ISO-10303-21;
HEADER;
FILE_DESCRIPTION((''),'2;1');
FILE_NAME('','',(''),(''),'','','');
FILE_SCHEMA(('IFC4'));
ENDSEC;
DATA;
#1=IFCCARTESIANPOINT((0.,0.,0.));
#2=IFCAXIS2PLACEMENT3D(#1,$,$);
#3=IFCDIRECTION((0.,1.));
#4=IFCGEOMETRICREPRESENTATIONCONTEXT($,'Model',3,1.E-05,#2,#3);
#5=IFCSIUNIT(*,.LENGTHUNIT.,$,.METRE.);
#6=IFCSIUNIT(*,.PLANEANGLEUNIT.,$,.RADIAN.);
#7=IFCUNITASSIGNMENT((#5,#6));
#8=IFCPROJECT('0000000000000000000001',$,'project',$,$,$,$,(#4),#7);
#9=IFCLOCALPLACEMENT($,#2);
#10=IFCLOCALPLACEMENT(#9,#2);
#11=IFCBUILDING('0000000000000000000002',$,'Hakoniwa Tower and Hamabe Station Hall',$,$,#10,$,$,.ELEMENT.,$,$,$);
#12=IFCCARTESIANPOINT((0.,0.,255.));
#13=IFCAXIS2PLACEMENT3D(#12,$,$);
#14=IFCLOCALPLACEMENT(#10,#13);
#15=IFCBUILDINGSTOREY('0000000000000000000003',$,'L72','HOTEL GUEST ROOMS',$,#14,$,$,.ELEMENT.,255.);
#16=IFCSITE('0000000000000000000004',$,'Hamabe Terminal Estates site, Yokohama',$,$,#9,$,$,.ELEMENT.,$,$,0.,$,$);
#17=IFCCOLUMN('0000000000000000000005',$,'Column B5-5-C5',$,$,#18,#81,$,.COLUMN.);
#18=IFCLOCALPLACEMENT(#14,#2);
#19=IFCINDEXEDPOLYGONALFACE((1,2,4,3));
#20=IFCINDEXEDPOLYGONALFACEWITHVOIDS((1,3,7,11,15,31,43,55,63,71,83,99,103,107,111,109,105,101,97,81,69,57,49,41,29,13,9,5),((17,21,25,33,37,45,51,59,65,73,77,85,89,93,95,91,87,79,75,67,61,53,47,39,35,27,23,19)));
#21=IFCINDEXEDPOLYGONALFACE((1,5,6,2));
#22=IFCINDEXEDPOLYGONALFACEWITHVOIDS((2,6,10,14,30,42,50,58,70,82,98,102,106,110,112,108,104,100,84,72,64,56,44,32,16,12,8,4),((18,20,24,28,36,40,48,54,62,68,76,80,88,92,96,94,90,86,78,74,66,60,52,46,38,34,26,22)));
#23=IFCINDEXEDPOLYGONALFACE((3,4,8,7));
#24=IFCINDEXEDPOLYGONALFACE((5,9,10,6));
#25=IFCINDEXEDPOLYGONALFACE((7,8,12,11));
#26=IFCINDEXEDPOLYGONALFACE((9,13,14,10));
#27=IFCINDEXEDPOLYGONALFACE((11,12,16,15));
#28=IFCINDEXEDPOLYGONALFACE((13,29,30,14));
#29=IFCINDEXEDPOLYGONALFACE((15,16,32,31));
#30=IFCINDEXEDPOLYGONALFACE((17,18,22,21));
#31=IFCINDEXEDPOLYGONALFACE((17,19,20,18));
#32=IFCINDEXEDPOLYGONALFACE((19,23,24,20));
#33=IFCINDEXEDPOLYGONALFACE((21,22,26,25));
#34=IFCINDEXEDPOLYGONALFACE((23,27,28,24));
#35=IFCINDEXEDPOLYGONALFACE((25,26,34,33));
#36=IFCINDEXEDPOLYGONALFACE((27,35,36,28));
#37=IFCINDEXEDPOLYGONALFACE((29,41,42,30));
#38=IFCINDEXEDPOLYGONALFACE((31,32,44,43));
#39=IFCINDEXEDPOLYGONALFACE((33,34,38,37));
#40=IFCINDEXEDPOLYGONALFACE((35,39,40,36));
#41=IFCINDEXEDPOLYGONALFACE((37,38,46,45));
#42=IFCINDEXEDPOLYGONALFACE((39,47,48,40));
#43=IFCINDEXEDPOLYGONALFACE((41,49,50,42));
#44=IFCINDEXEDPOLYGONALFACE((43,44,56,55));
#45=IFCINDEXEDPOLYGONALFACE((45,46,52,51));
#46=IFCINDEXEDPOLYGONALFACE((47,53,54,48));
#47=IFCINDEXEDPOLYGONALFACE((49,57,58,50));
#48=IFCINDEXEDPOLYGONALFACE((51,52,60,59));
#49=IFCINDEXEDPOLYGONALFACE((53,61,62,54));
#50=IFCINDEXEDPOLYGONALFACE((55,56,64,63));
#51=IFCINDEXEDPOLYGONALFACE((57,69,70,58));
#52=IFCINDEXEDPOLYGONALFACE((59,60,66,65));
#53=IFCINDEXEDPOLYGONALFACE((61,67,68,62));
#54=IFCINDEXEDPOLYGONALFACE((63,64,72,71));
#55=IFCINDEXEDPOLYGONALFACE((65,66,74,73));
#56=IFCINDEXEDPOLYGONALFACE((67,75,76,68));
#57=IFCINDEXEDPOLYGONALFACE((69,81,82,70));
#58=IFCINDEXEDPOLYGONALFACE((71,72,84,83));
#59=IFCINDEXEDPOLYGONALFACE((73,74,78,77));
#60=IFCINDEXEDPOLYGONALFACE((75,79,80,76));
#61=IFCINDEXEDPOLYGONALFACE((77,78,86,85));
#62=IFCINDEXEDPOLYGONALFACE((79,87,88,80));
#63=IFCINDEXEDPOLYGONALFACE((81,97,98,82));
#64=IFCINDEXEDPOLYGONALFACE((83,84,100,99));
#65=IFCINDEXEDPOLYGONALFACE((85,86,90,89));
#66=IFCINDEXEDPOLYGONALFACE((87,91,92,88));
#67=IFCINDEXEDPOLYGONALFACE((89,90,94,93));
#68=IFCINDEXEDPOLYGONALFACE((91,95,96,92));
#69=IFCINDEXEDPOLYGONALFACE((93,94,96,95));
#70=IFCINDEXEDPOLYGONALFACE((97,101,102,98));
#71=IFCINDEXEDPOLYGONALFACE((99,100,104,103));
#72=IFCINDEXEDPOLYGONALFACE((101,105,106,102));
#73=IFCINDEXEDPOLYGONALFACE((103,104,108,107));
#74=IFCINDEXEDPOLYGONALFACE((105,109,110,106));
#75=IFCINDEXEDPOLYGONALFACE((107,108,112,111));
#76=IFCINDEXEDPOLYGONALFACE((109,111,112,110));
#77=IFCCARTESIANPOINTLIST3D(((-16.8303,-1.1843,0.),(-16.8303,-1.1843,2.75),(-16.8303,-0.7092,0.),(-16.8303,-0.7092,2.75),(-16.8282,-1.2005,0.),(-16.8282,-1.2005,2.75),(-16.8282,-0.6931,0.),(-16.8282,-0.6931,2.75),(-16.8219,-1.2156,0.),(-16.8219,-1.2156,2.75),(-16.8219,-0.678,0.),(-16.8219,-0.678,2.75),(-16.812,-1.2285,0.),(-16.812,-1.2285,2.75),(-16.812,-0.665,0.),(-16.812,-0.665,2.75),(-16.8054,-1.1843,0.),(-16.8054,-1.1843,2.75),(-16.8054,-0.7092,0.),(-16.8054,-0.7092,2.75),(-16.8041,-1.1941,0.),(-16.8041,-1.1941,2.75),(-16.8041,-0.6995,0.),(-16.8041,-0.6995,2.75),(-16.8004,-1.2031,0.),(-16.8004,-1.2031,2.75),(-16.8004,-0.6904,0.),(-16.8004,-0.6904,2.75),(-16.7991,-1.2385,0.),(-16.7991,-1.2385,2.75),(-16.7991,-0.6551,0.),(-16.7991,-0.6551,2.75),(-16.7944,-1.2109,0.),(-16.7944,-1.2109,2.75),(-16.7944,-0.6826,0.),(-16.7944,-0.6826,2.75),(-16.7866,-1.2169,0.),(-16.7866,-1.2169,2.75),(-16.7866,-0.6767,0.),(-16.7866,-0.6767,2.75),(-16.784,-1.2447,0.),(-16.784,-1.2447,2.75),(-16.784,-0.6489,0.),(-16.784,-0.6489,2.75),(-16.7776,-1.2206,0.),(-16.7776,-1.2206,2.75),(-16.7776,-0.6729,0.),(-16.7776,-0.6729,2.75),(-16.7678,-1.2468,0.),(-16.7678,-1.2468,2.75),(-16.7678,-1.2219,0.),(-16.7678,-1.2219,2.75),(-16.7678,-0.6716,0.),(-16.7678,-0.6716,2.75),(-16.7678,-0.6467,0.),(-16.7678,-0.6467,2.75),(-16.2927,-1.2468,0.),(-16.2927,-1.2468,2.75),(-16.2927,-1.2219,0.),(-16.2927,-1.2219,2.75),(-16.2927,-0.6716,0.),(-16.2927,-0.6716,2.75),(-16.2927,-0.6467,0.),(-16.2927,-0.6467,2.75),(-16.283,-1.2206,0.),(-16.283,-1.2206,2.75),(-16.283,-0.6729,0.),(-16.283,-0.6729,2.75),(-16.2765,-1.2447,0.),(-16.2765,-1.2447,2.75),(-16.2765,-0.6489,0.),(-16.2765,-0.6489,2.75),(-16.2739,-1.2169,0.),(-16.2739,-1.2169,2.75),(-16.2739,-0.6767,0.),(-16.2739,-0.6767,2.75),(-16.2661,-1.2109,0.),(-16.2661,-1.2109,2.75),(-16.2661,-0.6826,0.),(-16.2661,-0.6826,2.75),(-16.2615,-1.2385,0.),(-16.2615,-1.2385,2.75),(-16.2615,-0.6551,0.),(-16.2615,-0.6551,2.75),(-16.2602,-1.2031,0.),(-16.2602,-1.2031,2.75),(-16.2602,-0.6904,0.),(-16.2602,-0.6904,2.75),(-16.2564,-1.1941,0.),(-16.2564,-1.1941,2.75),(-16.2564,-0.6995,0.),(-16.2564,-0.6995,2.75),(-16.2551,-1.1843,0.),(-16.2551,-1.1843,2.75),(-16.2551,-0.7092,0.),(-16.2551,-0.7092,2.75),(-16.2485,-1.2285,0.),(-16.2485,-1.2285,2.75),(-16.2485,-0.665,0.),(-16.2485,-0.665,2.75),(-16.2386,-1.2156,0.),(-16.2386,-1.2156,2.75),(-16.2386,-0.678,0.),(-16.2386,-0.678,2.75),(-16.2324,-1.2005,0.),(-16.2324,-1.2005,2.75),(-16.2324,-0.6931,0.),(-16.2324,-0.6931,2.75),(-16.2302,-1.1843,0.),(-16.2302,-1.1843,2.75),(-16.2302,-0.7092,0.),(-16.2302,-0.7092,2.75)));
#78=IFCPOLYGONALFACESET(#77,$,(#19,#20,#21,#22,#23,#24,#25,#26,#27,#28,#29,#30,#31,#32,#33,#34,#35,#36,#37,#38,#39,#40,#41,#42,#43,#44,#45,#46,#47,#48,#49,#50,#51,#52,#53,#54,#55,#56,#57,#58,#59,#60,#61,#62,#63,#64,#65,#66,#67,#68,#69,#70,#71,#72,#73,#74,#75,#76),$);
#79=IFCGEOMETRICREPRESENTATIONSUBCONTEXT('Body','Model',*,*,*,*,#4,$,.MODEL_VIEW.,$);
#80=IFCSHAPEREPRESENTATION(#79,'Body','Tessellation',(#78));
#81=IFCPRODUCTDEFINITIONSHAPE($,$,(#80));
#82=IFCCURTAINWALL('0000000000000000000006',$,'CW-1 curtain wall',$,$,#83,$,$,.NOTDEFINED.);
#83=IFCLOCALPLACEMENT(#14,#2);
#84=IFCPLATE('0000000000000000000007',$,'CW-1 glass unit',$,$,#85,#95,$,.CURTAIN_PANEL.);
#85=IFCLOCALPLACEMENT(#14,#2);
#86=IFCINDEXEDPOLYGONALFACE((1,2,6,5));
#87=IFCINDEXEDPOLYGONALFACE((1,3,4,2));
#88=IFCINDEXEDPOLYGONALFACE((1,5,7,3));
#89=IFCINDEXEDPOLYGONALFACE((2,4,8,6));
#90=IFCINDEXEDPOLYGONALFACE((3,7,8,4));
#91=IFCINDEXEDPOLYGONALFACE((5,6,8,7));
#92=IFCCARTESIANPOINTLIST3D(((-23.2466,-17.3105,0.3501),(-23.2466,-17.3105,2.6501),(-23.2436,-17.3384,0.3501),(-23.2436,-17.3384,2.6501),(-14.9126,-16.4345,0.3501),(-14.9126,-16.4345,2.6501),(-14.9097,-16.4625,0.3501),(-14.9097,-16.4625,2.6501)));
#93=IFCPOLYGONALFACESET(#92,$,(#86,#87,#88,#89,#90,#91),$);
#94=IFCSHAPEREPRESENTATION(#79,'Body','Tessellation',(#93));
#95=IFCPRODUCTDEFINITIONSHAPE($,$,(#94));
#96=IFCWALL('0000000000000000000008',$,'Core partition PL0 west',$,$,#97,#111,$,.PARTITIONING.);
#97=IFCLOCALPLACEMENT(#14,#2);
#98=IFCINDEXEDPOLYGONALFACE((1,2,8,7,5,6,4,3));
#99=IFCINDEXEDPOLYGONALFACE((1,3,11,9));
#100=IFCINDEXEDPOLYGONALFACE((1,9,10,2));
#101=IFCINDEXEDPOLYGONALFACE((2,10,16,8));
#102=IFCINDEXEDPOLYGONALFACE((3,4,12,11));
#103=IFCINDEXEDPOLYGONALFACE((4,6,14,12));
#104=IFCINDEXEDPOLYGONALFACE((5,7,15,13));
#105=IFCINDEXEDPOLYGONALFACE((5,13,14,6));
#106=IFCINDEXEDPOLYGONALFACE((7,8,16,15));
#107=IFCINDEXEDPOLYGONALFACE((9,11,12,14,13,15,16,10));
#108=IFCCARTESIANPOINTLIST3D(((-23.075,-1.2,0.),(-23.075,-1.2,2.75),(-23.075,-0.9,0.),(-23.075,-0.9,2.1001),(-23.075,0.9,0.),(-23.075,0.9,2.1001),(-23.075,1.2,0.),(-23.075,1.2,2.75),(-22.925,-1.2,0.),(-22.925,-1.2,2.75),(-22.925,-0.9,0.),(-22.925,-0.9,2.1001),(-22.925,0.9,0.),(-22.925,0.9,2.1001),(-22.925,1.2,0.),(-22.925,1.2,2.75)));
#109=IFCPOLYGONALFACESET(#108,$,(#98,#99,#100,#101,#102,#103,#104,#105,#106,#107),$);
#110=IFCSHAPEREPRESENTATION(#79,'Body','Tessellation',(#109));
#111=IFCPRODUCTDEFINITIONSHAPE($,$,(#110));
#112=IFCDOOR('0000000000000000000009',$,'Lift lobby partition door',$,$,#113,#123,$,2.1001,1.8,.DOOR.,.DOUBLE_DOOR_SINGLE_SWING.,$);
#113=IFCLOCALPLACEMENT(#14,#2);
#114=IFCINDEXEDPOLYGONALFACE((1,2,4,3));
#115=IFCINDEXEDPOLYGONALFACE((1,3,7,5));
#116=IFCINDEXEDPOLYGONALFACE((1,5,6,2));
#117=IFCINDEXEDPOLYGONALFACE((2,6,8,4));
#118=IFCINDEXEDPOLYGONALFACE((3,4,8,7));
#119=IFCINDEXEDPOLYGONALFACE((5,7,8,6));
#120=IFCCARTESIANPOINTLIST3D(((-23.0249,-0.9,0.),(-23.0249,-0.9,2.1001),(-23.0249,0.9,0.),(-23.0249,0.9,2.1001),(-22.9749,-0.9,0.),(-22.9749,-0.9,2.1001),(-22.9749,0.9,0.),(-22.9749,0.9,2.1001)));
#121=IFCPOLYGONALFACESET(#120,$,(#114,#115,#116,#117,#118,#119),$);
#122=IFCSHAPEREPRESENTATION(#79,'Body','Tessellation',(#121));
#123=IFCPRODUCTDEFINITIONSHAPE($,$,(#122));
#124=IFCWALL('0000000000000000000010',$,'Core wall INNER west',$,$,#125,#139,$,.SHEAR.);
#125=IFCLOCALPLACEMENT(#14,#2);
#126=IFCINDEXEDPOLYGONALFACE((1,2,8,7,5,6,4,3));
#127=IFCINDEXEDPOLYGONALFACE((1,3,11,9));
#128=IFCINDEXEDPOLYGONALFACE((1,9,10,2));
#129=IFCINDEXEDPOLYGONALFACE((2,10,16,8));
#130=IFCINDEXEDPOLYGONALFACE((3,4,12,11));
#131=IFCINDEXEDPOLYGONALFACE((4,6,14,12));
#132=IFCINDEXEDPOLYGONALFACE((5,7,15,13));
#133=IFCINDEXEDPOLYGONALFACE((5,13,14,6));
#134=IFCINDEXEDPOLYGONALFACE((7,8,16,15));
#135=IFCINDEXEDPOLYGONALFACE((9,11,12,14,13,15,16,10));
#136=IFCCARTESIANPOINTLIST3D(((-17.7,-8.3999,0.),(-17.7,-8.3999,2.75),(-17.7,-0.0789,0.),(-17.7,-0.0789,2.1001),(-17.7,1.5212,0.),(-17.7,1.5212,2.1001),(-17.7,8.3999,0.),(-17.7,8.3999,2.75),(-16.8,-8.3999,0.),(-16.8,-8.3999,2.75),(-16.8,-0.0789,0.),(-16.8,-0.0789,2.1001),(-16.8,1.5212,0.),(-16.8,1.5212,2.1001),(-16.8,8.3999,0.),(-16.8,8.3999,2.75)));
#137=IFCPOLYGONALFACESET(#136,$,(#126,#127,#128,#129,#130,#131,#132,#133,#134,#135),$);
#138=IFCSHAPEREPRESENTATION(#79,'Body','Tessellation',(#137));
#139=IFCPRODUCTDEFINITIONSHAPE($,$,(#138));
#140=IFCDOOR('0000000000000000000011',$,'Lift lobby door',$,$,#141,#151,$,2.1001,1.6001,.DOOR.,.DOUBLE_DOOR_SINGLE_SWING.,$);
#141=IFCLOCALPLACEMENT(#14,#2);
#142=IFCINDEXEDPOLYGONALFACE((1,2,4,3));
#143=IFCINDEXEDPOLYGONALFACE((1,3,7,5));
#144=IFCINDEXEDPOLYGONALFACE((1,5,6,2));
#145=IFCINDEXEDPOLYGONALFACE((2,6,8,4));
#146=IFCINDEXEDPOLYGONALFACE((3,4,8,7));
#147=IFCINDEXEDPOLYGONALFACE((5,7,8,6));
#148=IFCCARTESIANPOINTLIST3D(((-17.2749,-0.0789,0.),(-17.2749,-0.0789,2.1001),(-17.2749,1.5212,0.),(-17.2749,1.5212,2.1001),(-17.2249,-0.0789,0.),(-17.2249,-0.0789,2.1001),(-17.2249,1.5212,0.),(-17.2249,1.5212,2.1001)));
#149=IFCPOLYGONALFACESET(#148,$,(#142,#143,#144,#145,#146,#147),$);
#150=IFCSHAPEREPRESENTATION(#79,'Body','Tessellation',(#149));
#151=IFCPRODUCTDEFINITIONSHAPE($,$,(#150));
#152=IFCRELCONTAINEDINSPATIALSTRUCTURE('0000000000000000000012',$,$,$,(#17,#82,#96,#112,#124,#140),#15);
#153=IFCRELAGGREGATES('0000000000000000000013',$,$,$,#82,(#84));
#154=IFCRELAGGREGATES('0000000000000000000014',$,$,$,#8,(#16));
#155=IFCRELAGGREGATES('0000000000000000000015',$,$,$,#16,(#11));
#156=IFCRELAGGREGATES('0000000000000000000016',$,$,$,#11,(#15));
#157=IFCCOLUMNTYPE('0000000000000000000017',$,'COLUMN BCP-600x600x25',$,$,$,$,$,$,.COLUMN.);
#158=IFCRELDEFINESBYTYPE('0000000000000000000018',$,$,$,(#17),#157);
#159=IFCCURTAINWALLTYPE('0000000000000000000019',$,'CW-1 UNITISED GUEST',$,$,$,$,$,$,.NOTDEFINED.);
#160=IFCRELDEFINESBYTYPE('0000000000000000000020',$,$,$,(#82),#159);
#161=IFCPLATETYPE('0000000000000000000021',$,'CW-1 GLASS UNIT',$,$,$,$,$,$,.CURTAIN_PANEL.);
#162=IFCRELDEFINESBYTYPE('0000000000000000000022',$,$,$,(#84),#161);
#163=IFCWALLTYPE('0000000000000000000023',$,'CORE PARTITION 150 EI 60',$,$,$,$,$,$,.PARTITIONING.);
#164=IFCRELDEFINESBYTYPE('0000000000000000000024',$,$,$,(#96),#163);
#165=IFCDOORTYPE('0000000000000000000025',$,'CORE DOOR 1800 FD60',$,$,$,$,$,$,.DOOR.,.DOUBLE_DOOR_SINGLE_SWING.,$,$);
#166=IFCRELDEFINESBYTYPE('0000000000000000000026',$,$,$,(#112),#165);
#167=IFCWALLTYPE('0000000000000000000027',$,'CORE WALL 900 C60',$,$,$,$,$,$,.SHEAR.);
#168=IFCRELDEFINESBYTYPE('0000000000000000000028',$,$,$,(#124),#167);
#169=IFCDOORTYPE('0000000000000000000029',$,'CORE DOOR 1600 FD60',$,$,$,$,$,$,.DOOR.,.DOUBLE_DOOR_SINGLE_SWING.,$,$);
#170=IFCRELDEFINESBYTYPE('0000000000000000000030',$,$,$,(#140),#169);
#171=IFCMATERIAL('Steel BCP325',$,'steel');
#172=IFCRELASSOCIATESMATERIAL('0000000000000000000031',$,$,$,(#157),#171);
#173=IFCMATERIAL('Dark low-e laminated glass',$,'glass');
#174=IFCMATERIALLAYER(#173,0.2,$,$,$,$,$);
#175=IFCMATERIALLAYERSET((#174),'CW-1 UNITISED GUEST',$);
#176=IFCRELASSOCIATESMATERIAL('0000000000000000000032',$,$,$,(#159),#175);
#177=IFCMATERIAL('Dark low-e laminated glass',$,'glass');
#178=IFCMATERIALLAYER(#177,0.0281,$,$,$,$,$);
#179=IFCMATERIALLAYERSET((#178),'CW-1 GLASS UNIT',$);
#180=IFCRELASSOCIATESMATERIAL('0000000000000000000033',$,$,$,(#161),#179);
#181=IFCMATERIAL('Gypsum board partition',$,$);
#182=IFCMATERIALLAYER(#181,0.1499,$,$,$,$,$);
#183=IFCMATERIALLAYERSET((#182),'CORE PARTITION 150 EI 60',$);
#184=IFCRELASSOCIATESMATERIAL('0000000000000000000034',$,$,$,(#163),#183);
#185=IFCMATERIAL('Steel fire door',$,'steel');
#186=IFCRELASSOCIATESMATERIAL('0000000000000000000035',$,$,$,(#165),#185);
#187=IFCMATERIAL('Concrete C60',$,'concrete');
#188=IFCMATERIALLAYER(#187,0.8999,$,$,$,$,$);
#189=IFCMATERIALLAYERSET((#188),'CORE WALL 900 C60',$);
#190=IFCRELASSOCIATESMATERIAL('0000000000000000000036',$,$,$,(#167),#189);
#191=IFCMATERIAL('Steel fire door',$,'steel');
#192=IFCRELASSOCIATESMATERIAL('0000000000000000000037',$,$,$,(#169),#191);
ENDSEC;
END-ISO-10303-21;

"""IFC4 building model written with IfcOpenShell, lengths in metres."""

from ifc_helpers import new_model, si_unit, direction, frame, frame_2d, origin, origin_2d, place, context, subcontext, project, spatial, rectangle, hollow_rectangle, extrude, material, layer, layer_set, material_profile, profile_set, type_object, element, fill, aggregate, save


model = new_model("IFC4")

# Units and contexts
model_context = context("Model", 3, precision=1e-05, world=origin(), true_north=direction((0.0, 1.0)))
body_context = subcontext(model_context, "Body", "Model", "MODEL_VIEW")
ifc_project = project(units=[si_unit("LENGTHUNIT", "METRE"), si_unit("PLANEANGLEUNIT", "RADIAN")], contexts=[model_context])

# Site, building, storey
site_placement = place(None, origin())
site = spatial("IfcSite", under=ifc_project, at=site_placement, Name="Hamabe Terminal Estates site, Yokohama", CompositionType="ELEMENT", RefElevation=0.0)
building_placement = place(site_placement, origin())
building = spatial("IfcBuilding", under=site, at=building_placement, Name="Hakoniwa Tower and Hamabe Station Hall", CompositionType="ELEMENT")
storey_placement = place(building_placement, frame((0.0, 0.0, 255.0)))
storey = spatial("IfcBuildingStorey", under=building, at=storey_placement, Name="L72", Description="HOTEL GUEST ROOMS", CompositionType="ELEMENT", Elevation=255.0)

# Column
ifc_material_1 = material(Name="Steel BCP325", Category="steel")
ifc_material_profile_1 = material_profile(ifc_material_1, hollow_rectangle(XDim=0.6001, YDim=0.6001, WallThickness=0.0249, InnerFilletRadius=0.0376, OuterFilletRadius=0.0625, at=origin_2d()), Name="BCP-600x600x25")
ifc_profile_set_1 = profile_set([ifc_material_profile_1], Name="Steel BCP325")
column_type_1 = type_object("IfcColumnType", Name="COLUMN BCP-600x600x25", PredefinedType="COLUMN", material=ifc_profile_set_1)
column_placement = place(storey_placement, frame((-16.5303, -0.9468, 0.0), z_axis=(0.0, 0.0, 1.0), x_axis=(1.0, 0.0, 0.0)))
element("IfcColumn", 1, at=column_placement, inside=storey, type_object=column_type_1, Name="Column B5-5-C5", PredefinedType="COLUMN", context=body_context, shape_type="SweptSolid", body=[
    extrude(hollow_rectangle(XDim=0.6001, YDim=0.6001, WallThickness=0.0249, InnerFilletRadius=0.0376, OuterFilletRadius=0.0625, at=origin_2d()), origin(), (0.0, 0.0, 1.0), 2.75),
])

# Curtain wall, plate
ifc_material_2 = material(Name="Dark low-e laminated glass", Category="glass")
ifc_layer_1 = layer(ifc_material_2, 0.2)
ifc_layer_set_1 = layer_set([ifc_layer_1], Name="CW-1 UNITISED GUEST")
curtain_wall_type = type_object("IfcCurtainWallType", Name="CW-1 UNITISED GUEST", PredefinedType="NOTDEFINED", material=ifc_layer_set_1)
curtain_wall_placement = place(storey_placement, origin())
curtain_wall = element("IfcCurtainWall", 2, at=curtain_wall_placement, inside=storey, type_object=curtain_wall_type, Name="CW-1 curtain wall", PredefinedType="NOTDEFINED")
ifc_material_3 = material(Name="Dark low-e laminated glass", Category="glass")
ifc_layer_2 = layer(ifc_material_3, 0.0281)
ifc_layer_set_2 = layer_set([ifc_layer_2], Name="CW-1 GLASS UNIT")
plate_type = type_object("IfcPlateType", Name="CW-1 GLASS UNIT", PredefinedType="CURTAIN_PANEL", material=ifc_layer_set_2)
plate_placement = place(storey_placement, frame((-19.0781, -16.8865, 0.3501), z_axis=(0.0, 0.0, 1.0), x_axis=(0.994522, 0.104528, 0.0)))
plate = element("IfcPlate", 3, at=plate_placement, type_object=plate_type, Name="CW-1 glass unit", PredefinedType="CURTAIN_PANEL", context=body_context, shape_type="SweptSolid", body=[
    extrude(rectangle(XDim=8.3799, YDim=0.0281, at=origin_2d()), origin(), (0.0, 0.0, 1.0), 2.3),
])
aggregate(curtain_wall, [plate])

# Walls, openings, doors
ifc_material_4 = material(Name="Gypsum board partition")
ifc_layer_3 = layer(ifc_material_4, 0.1499)
ifc_layer_set_3 = layer_set([ifc_layer_3], Name="CORE PARTITION 150 EI 60")
wall_type_1 = type_object("IfcWallType", Name="CORE PARTITION 150 EI 60", PredefinedType="PARTITIONING", material=ifc_layer_set_3)
wall_1_placement = place(storey_placement, frame((-23.0, -1.2, 0.0), z_axis=(0.0, 0.0, 1.0), x_axis=(0.0, 1.0, 0.0)))
wall_1 = element("IfcWall", 4, at=wall_1_placement, inside=storey, type_object=wall_type_1, Name="Core partition PL0 west", PredefinedType="PARTITIONING", context=body_context, shape_type="SweptSolid", body=[
    extrude(rectangle(XDim=2.3999, YDim=0.1499, at=frame_2d((1.2, 0.0))), origin(), (0.0, 0.0, 1.0), 2.75),
])
opening_1_placement = place(wall_1_placement, frame((0.3, 0.0, 0.0)))
opening_1 = element("IfcOpeningElement", 5, at=opening_1_placement, cuts=wall_1, PredefinedType="OPENING", context=body_context, shape_type="SweptSolid", body=[
    extrude(rectangle(XDim=1.8, YDim=2.1001, at=frame_2d((0.8999, 1.05))), frame((0.0, 0.085, 0.0), z_axis=(0.0, -1.0, 0.0), x_axis=(1.0, 0.0, 0.0)), (0.0, 0.0, 1.0), 0.1699),
])
ifc_material_5 = material(Name="Steel fire door", Category="steel")
door_type_1 = type_object("IfcDoorType", Name="CORE DOOR 1800 FD60", OperationType="DOUBLE_DOOR_SINGLE_SWING", PredefinedType="DOOR", material=ifc_material_5)
door_1_placement = place(opening_1_placement, origin())
door_1 = element("IfcDoor", 6, at=door_1_placement, inside=storey, type_object=door_type_1, Name="Lift lobby partition door", OperationType="DOUBLE_DOOR_SINGLE_SWING", OverallHeight=2.1001, OverallWidth=1.8, PredefinedType="DOOR", context=body_context, shape_type="SweptSolid", body=[
    extrude(rectangle(XDim=1.8, YDim=2.1001, at=frame_2d((0.8999, 1.05))), frame((0.0, 0.0249, 0.0), z_axis=(0.0, -1.0, 0.0), x_axis=(1.0, 0.0, 0.0)), (0.0, 0.0, 1.0), 0.05),
])
fill(opening_1, door_1)
ifc_material_6 = material(Name="Concrete C60", Category="concrete")
ifc_layer_4 = layer(ifc_material_6, 0.8999)
ifc_layer_set_4 = layer_set([ifc_layer_4], Name="CORE WALL 900 C60")
wall_type_2 = type_object("IfcWallType", Name="CORE WALL 900 C60", PredefinedType="SHEAR", material=ifc_layer_set_4)
wall_2_placement = place(storey_placement, frame((-17.25, -8.3999, 0.0), z_axis=(0.0, 0.0, 1.0), x_axis=(0.0, 1.0, 0.0)))
wall_2 = element("IfcWall", 7, at=wall_2_placement, inside=storey, type_object=wall_type_2, Name="Core wall INNER west", PredefinedType="SHEAR", context=body_context, shape_type="SweptSolid", body=[
    extrude(rectangle(XDim=16.7998, YDim=0.8999, at=frame_2d((8.3999, 0.0))), origin(), (0.0, 0.0, 1.0), 2.75),
])
opening_2_placement = place(wall_2_placement, frame((8.321, 0.0, 0.0)))
opening_2 = element("IfcOpeningElement", 8, at=opening_2_placement, cuts=wall_2, PredefinedType="OPENING", context=body_context, shape_type="SweptSolid", body=[
    extrude(rectangle(XDim=1.6001, YDim=2.1001, at=frame_2d((0.8, 1.05))), frame((0.0, 0.46, 0.0), z_axis=(0.0, -1.0, 0.0), x_axis=(1.0, 0.0, 0.0)), (0.0, 0.0, 1.0), 0.9199),
])
ifc_material_7 = material(Name="Steel fire door", Category="steel")
door_type_2 = type_object("IfcDoorType", Name="CORE DOOR 1600 FD60", OperationType="DOUBLE_DOOR_SINGLE_SWING", PredefinedType="DOOR", material=ifc_material_7)
door_2_placement = place(opening_2_placement, origin())
door_2 = element("IfcDoor", 9, at=door_2_placement, inside=storey, type_object=door_type_2, Name="Lift lobby door", OperationType="DOUBLE_DOOR_SINGLE_SWING", OverallHeight=2.1001, OverallWidth=1.6001, PredefinedType="DOOR", context=body_context, shape_type="SweptSolid", body=[
    extrude(rectangle(XDim=1.6001, YDim=2.1001, at=frame_2d((0.8, 1.05))), frame((0.0, 0.0249, 0.0), z_axis=(0.0, -1.0, 0.0), x_axis=(1.0, 0.0, 0.0)), (0.0, 0.0, 1.0), 0.05),
])
fill(opening_2, door_2)

save(model, "model.ifc")
